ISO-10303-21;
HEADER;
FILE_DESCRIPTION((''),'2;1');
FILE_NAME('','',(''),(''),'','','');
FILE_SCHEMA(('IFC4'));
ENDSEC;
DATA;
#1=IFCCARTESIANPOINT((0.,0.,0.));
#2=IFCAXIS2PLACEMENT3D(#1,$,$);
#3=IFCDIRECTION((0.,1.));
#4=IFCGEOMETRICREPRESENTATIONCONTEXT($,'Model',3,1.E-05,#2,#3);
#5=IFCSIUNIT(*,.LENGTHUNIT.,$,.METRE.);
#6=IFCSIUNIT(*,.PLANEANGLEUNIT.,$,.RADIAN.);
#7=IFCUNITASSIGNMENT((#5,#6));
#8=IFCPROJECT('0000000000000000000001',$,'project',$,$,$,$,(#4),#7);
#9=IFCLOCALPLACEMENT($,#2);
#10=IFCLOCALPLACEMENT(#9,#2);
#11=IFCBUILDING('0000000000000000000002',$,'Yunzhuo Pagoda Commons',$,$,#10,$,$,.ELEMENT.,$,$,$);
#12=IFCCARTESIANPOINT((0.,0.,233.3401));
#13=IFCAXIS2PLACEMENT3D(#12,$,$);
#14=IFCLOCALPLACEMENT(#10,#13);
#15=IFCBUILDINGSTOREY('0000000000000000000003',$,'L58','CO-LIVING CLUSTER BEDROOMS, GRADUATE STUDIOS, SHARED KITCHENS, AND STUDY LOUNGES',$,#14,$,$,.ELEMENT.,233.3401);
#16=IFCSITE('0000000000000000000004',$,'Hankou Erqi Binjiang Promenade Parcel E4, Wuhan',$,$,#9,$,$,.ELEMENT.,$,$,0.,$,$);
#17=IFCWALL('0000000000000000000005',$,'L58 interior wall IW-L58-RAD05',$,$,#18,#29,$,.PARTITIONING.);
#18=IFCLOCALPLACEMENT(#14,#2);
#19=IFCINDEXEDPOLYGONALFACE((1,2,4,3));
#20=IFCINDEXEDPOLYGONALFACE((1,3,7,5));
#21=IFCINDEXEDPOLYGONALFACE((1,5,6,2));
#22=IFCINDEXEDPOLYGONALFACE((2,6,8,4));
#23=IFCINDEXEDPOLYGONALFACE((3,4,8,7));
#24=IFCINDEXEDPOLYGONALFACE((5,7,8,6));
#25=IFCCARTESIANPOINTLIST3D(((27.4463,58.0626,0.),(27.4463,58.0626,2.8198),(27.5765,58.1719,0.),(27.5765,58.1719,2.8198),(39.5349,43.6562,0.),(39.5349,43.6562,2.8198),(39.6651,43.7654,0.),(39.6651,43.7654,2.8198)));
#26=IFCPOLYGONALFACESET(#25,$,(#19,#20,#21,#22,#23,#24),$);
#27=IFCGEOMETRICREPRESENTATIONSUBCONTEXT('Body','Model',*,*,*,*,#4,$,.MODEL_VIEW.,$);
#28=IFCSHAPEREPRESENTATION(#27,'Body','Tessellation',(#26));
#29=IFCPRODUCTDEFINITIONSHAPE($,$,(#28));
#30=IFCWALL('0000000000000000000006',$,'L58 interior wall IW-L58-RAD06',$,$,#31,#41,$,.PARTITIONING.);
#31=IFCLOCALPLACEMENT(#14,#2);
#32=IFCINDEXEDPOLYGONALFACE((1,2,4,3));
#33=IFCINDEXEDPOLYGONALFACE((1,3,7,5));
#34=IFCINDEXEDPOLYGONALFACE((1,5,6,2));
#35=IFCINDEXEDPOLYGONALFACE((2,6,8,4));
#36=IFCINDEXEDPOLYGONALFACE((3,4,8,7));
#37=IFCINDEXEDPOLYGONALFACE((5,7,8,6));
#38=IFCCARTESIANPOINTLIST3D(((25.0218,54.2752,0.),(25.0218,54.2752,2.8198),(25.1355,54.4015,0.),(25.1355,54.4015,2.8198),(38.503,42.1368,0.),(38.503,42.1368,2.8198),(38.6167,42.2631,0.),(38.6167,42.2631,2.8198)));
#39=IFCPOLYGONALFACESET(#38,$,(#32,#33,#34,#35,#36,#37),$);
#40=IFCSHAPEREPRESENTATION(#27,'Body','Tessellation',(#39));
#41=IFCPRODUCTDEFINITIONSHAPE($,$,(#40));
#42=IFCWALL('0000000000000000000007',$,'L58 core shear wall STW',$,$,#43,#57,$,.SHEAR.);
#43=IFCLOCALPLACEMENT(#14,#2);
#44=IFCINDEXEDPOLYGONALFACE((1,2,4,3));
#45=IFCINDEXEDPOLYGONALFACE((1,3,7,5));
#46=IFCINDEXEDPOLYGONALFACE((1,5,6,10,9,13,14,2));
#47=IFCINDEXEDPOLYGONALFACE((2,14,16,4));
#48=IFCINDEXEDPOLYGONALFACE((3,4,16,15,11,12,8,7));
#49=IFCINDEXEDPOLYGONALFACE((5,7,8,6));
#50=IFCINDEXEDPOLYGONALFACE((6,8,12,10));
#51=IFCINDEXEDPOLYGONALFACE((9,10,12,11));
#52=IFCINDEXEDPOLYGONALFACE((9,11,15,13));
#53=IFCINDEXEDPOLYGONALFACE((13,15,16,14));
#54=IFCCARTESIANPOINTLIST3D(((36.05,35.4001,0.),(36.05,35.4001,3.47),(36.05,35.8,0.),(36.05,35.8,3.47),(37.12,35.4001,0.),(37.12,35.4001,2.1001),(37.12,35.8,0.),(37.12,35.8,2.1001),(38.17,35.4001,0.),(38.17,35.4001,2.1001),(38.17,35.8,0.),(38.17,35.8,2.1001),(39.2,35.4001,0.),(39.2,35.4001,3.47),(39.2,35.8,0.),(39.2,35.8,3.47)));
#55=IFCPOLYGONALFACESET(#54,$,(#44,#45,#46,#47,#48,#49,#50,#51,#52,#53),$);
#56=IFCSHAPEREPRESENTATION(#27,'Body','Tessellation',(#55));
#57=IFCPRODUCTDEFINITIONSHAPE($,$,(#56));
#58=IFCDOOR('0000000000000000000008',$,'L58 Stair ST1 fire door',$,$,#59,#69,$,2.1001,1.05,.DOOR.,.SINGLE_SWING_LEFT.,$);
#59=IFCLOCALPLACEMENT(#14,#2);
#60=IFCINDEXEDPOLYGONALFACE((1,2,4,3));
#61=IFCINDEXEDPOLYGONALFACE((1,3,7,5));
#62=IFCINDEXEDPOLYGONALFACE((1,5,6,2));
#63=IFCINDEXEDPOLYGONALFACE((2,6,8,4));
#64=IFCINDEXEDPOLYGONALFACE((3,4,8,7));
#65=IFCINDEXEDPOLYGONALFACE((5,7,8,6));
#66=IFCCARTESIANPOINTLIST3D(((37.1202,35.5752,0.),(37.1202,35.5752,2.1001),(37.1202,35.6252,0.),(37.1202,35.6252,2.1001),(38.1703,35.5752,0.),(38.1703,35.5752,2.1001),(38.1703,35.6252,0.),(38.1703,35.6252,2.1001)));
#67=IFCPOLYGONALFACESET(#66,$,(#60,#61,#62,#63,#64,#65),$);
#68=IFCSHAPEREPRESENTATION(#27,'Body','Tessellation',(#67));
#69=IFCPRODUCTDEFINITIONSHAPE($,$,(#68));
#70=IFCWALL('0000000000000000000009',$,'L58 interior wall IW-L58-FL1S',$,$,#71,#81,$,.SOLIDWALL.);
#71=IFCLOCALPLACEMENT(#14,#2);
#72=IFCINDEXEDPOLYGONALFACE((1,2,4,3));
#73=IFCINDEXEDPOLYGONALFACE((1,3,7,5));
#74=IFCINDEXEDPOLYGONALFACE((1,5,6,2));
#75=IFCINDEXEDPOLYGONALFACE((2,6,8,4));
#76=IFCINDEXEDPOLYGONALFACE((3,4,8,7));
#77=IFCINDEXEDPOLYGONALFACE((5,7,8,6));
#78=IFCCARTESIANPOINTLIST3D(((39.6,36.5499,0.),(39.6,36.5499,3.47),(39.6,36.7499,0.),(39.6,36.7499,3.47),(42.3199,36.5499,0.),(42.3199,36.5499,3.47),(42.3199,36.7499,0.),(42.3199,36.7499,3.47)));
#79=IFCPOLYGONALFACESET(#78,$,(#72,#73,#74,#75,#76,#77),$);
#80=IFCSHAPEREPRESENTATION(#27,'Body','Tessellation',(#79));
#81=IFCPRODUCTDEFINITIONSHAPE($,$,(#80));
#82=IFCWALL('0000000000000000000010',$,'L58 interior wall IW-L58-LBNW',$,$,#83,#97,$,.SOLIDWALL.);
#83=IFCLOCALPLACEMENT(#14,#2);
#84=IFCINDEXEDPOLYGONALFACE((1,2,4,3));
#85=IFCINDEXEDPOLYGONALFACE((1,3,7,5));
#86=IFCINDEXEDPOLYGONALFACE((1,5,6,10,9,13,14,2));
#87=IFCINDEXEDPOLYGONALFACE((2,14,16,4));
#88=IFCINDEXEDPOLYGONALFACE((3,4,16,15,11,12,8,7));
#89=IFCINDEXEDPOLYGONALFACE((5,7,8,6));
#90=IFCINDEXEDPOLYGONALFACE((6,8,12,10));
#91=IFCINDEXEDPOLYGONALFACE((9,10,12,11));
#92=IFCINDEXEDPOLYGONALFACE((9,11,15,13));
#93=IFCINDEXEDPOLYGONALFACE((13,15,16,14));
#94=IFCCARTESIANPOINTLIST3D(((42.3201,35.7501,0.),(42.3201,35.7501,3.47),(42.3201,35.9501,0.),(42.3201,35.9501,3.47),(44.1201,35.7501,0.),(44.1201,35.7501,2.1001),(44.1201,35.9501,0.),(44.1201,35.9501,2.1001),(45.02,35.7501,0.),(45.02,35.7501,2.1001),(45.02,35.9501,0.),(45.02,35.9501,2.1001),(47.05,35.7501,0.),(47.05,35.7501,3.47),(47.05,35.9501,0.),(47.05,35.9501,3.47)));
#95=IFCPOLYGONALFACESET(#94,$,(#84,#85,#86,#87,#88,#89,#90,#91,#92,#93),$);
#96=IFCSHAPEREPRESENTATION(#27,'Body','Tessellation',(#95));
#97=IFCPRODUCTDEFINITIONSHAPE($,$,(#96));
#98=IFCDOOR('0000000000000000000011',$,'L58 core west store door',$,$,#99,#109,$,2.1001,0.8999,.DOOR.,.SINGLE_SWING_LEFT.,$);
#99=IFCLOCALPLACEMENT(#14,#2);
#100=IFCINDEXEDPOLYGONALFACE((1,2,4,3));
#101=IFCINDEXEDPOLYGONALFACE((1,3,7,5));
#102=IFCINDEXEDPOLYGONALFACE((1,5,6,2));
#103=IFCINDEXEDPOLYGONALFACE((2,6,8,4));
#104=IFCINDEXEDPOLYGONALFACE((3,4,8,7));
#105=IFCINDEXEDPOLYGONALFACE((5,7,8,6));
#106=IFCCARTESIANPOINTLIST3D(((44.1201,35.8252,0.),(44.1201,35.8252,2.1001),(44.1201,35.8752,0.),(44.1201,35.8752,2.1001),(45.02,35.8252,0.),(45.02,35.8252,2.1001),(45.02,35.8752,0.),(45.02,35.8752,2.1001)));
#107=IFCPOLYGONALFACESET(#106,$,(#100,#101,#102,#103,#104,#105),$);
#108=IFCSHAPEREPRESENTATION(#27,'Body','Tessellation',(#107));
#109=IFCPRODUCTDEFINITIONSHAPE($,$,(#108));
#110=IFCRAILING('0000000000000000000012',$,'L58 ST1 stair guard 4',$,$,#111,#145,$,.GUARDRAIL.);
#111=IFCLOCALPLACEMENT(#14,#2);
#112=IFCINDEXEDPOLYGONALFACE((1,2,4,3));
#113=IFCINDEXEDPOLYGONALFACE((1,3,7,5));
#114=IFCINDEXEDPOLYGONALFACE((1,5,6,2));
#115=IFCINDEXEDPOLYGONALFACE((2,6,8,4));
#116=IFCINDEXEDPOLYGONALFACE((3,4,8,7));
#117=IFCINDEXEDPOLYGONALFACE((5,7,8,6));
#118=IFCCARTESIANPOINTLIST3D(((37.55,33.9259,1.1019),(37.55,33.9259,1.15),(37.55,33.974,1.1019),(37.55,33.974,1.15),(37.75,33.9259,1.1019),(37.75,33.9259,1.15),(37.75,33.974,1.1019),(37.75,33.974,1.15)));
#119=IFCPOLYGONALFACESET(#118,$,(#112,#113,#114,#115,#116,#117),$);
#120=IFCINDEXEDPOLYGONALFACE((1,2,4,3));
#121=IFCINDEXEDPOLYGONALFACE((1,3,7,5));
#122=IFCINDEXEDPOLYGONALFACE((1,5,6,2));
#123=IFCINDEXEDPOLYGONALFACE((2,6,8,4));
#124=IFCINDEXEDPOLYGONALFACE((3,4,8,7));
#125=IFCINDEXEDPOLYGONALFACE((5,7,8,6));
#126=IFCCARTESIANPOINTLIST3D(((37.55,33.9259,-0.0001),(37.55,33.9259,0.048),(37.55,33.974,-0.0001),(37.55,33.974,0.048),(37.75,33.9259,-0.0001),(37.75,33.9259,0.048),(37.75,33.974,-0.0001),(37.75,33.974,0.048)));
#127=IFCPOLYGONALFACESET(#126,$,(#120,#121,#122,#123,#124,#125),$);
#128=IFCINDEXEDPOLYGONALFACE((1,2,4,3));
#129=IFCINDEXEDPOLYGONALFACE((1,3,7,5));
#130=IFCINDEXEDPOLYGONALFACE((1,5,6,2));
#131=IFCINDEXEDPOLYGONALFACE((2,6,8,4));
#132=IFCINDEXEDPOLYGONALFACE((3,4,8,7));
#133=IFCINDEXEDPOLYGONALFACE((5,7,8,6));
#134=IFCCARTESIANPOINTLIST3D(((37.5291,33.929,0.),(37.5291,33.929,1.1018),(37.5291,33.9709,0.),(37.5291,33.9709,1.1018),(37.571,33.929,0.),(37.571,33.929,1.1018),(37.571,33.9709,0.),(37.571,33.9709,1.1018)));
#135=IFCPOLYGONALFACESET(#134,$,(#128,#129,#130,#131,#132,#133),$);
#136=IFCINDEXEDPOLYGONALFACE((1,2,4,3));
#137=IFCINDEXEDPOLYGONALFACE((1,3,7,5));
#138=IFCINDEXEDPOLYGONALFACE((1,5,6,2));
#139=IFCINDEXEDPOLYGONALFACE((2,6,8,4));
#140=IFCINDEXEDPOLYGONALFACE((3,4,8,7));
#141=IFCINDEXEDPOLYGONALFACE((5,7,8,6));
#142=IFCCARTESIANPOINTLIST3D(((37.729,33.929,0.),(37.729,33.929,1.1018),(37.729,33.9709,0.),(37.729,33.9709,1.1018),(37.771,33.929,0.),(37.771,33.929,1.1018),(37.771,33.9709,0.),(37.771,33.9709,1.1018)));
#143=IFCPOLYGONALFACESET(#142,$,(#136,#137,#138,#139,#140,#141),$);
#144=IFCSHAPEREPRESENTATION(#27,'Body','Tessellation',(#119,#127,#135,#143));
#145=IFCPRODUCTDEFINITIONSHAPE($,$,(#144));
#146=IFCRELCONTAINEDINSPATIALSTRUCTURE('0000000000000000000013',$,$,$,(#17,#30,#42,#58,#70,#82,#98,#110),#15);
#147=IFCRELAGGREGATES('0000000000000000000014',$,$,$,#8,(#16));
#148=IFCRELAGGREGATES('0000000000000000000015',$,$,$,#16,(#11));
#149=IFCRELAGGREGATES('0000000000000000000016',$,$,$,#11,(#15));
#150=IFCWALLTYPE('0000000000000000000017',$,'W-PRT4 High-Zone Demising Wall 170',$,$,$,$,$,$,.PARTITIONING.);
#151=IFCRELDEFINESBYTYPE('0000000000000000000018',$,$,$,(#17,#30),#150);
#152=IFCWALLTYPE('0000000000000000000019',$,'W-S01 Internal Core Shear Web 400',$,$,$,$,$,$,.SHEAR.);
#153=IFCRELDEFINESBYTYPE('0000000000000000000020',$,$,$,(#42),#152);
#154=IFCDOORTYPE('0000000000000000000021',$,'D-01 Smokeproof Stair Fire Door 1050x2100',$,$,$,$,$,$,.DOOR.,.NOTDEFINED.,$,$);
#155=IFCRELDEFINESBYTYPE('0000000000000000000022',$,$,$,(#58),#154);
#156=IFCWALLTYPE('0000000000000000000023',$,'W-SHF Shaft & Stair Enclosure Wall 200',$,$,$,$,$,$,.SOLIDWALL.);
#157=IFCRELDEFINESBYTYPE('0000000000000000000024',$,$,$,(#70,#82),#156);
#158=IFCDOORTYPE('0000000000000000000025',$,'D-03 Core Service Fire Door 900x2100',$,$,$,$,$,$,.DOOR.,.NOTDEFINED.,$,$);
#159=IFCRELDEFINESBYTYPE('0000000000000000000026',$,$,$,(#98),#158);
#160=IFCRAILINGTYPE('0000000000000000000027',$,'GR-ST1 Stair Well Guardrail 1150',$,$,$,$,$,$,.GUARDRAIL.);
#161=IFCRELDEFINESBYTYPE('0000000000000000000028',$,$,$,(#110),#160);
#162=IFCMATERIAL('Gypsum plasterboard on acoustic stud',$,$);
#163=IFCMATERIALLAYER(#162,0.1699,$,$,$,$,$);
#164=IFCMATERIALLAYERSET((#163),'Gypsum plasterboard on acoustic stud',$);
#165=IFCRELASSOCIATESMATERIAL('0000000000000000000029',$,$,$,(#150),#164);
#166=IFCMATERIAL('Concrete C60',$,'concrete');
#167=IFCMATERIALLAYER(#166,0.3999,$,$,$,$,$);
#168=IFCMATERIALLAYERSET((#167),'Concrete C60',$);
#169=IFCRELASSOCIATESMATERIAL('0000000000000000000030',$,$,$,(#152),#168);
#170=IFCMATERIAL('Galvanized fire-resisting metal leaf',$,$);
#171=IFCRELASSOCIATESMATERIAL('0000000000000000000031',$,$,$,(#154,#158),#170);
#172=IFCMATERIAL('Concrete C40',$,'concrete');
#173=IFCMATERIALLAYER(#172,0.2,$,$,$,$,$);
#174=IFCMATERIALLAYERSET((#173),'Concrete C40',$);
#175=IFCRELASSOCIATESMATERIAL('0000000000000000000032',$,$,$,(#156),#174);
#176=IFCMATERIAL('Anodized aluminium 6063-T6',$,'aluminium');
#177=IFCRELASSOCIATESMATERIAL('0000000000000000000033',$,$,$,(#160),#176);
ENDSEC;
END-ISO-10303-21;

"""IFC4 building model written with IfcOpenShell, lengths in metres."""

from ifc_helpers import new_model, si_unit, direction, frame, frame_2d, origin, origin_2d, place, context, subcontext, project, spatial, rectangle, extrude, source, transform, mapped, material, layer, layer_set, type_object, element, fill, save


model = new_model("IFC4")

# Units and contexts
model_context = context("Model", 3, precision=1e-05, world=origin(), true_north=direction((0.0, 1.0)))
body_context = subcontext(model_context, "Body", "Model", "MODEL_VIEW")
ifc_project = project(units=[si_unit("LENGTHUNIT", "METRE"), si_unit("PLANEANGLEUNIT", "RADIAN")], contexts=[model_context])

# Site, building, storey
site_placement = place(None, origin())
site = spatial("IfcSite", under=ifc_project, at=site_placement, Name="Hankou Erqi Binjiang Promenade Parcel E4, Wuhan", CompositionType="ELEMENT", RefElevation=0.0)
building_placement = place(site_placement, origin())
building = spatial("IfcBuilding", under=site, at=building_placement, Name="Yunzhuo Pagoda Commons", CompositionType="ELEMENT")
storey_placement = place(building_placement, frame((0.0, 0.0, 233.3401)))
storey = spatial("IfcBuildingStorey", under=building, at=storey_placement, Name="L58", Description="CO-LIVING CLUSTER BEDROOMS, GRADUATE STUDIOS, SHARED KITCHENS, AND STUDY LOUNGES", CompositionType="ELEMENT", Elevation=233.3401)

# Shared definitions
ifc_material_1 = material(Name="Galvanized fire-resisting metal leaf")
shared_shape_1 = source(origin(), body_context, "Body", "SweptSolid", [
    extrude(rectangle(XDim=1.05, YDim=2.1001, at=frame_2d((0.5249, 1.05))), frame((0.0, 0.0249, 0.0), z_axis=(0.0, -1.0, 0.0), x_axis=(1.0, 0.0, 0.0)), (0.0, 0.0, 1.0), 0.05),
])
ifc_material_2 = material(Name="Gypsum plasterboard on acoustic stud")

# Walls
ifc_layer_1 = layer(ifc_material_2, 0.1699)
ifc_layer_set_1 = layer_set([ifc_layer_1], Name="Gypsum plasterboard on acoustic stud")
wall_type_1 = type_object("IfcWallType", Name="W-PRT4 High-Zone Demising Wall 170", PredefinedType="PARTITIONING", material=ifc_layer_set_1)
wall_1_placement = place(storey_placement, frame((39.6001, 43.7107, 0.0), z_axis=(0.0, 0.0, 1.0), x_axis=(-0.642792, 0.766041, 0.0)))
element("IfcWall", 1, at=wall_1_placement, inside=storey, type_object=wall_type_1, Name="L58 interior wall IW-L58-RAD05", PredefinedType="PARTITIONING", context=body_context, shape_type="SweptSolid", body=[
    extrude(rectangle(XDim=18.8064, YDim=0.1699, at=frame_2d((9.4033, 0.0))), origin(), (0.0, 0.0, 1.0), 2.8198),
])
wall_2_placement = place(storey_placement, frame((38.5598, 42.2, 0.0), z_axis=(0.0, 0.0, 1.0), x_axis=(-0.743148, 0.669128, 0.0)))
element("IfcWall", 2, at=wall_2_placement, inside=storey, type_object=wall_type_1, Name="L58 interior wall IW-L58-RAD06", PredefinedType="PARTITIONING", context=body_context, shape_type="SweptSolid", body=[
    extrude(rectangle(XDim=18.1406, YDim=0.1699, at=frame_2d((9.0703, 0.0))), origin(), (0.0, 0.0, 1.0), 2.8198),
])

# Wall, opening, door
ifc_material_3 = material(Name="Concrete C60", Category="concrete")
ifc_layer_2 = layer(ifc_material_3, 0.3999)
ifc_layer_set_2 = layer_set([ifc_layer_2], Name="Concrete C60")
wall_type_2 = type_object("IfcWallType", Name="W-S01 Internal Core Shear Web 400", PredefinedType="SHEAR", material=ifc_layer_set_2)
wall_3_placement = place(storey_placement, frame((36.05, 35.6001, 0.0), z_axis=(0.0, 0.0, 1.0), x_axis=(1.0, 0.0, 0.0)))
wall_3 = element("IfcWall", 3, at=wall_3_placement, inside=storey, type_object=wall_type_2, Name="L58 core shear wall STW", PredefinedType="SHEAR", context=body_context, shape_type="SweptSolid", body=[
    extrude(rectangle(XDim=3.1499, YDim=0.3999, at=frame_2d((1.575, 0.0))), origin(), (0.0, 0.0, 1.0), 3.47),
])
opening_1_placement = place(wall_3_placement, frame((1.0701, 0.0, 0.0)))
opening_1 = element("IfcOpeningElement", 4, at=opening_1_placement, cuts=wall_3, PredefinedType="OPENING", context=body_context, shape_type="SweptSolid", body=[
    extrude(rectangle(XDim=1.05, YDim=2.1001, at=frame_2d((0.5249, 1.05))), frame((0.0, 0.21, 0.0), z_axis=(0.0, -1.0, 0.0), x_axis=(1.0, 0.0, 0.0)), (0.0, 0.0, 1.0), 0.4199),
])
door_type_1 = type_object("IfcDoorType", Name="D-01 Smokeproof Stair Fire Door 1050x2100", OperationType="NOTDEFINED", PredefinedType="DOOR", material=ifc_material_1)
door_1_placement = place(opening_1_placement, frame((1.05, 0.0, 0.0), z_axis=(0.0, 0.0, 1.0), x_axis=(-1.0, 0.0, 0.0)))
door_1 = element("IfcDoor", 5, at=door_1_placement, inside=storey, type_object=door_type_1, Name="L58 Stair ST1 fire door", OperationType="SINGLE_SWING_LEFT", OverallHeight=2.1001, OverallWidth=1.05, PredefinedType="DOOR", context=body_context, shape_type="MappedRepresentation", body=[
    mapped(shared_shape_1, transform((0.0, 0.0, 0.0), scale=1.0)),
])
fill(opening_1, door_1)

# Wall
ifc_material_4 = material(Name="Concrete C40", Category="concrete")
ifc_layer_3 = layer(ifc_material_4, 0.2)
ifc_layer_set_3 = layer_set([ifc_layer_3], Name="Concrete C40")
wall_type_3 = type_object("IfcWallType", Name="W-SHF Shaft & Stair Enclosure Wall 200", PredefinedType="SOLIDWALL", material=ifc_layer_set_3)
wall_4_placement = place(storey_placement, frame((39.6001, 36.6499, 0.0), z_axis=(0.0, 0.0, 1.0), x_axis=(1.0, 0.0, 0.0)))
element("IfcWall", 6, at=wall_4_placement, inside=storey, type_object=wall_type_3, Name="L58 interior wall IW-L58-FL1S", PredefinedType="SOLIDWALL", context=body_context, shape_type="SweptSolid", body=[
    extrude(rectangle(XDim=2.72, YDim=0.2, at=frame_2d((1.3599, 0.0))), origin(), (0.0, 0.0, 1.0), 3.47),
])

# Wall, opening, door
wall_5_placement = place(storey_placement, frame((42.3201, 35.8501, 0.0), z_axis=(0.0, 0.0, 1.0), x_axis=(1.0, 0.0, 0.0)))
wall_5 = element("IfcWall", 7, at=wall_5_placement, inside=storey, type_object=wall_type_3, Name="L58 interior wall IW-L58-LBNW", PredefinedType="SOLIDWALL", context=body_context, shape_type="SweptSolid", body=[
    extrude(rectangle(XDim=4.73, YDim=0.2, at=frame_2d((2.365, 0.0))), origin(), (0.0, 0.0, 1.0), 3.47),
])
opening_2_placement = place(wall_5_placement, frame((1.8, 0.0, 0.0)))
opening_2 = element("IfcOpeningElement", 8, at=opening_2_placement, cuts=wall_5, PredefinedType="OPENING", context=body_context, shape_type="SweptSolid", body=[
    extrude(rectangle(XDim=0.8999, YDim=2.1001, at=frame_2d((0.45, 1.05))), frame((0.0, 0.1099, 0.0), z_axis=(0.0, -1.0, 0.0), x_axis=(1.0, 0.0, 0.0)), (0.0, 0.0, 1.0), 0.22),
])
door_type_2 = type_object("IfcDoorType", Name="D-03 Core Service Fire Door 900x2100", OperationType="NOTDEFINED", PredefinedType="DOOR", material=ifc_material_1)
shared_shape_2 = source(origin(), body_context, "Body", "SweptSolid", [
    extrude(rectangle(XDim=0.8999, YDim=2.1001, at=frame_2d((0.45, 1.05))), frame((0.0, 0.0249, 0.0), z_axis=(0.0, -1.0, 0.0), x_axis=(1.0, 0.0, 0.0)), (0.0, 0.0, 1.0), 0.05),
])
door_2_placement = place(opening_2_placement, frame((0.8999, 0.0, 0.0), z_axis=(0.0, 0.0, 1.0), x_axis=(-1.0, 0.0, 0.0)))
door_2 = element("IfcDoor", 9, at=door_2_placement, inside=storey, type_object=door_type_2, Name="L58 core west store door", OperationType="SINGLE_SWING_LEFT", OverallHeight=2.1001, OverallWidth=0.8999, PredefinedType="DOOR", context=body_context, shape_type="MappedRepresentation", body=[
    mapped(shared_shape_2, transform((0.0, 0.0, 0.0), scale=1.0)),
])
fill(opening_2, door_2)

# Railing
ifc_material_5 = material(Name="Anodized aluminium 6063-T6", Category="aluminium")
railing_type = type_object("IfcRailingType", Name="GR-ST1 Stair Well Guardrail 1150", PredefinedType="GUARDRAIL", material=ifc_material_5)
railing_placement = place(storey_placement, frame((37.55, 33.95, 0.0)))
element("IfcRailing", 10, at=railing_placement, inside=storey, type_object=railing_type, Name="L58 ST1 stair guard 4", PredefinedType="GUARDRAIL", context=body_context, shape_type="SweptSolid", body=[
    extrude(rectangle(XDim=0.0481, YDim=0.0481, at=origin_2d()), frame((0.0, 0.0, 1.126), z_axis=(1.0, 0.0, 0.0), x_axis=(0.0, 1.0, 0.0)), (0.0, 0.0, 1.0), 0.2),
    extrude(rectangle(XDim=0.0481, YDim=0.0481, at=origin_2d()), frame((0.0, 0.0, 0.0239), z_axis=(1.0, 0.0, 0.0), x_axis=(0.0, 1.0, 0.0)), (0.0, 0.0, 1.0), 0.2),
    extrude(rectangle(XDim=0.042, YDim=0.042, at=origin_2d()), origin(), (0.0, 0.0, 1.0), 1.1018),
    extrude(rectangle(XDim=0.042, YDim=0.042, at=origin_2d()), frame((0.2, 0.0, 0.0)), (0.0, 0.0, 1.0), 1.1018),
])

save(model, "model.ifc")
